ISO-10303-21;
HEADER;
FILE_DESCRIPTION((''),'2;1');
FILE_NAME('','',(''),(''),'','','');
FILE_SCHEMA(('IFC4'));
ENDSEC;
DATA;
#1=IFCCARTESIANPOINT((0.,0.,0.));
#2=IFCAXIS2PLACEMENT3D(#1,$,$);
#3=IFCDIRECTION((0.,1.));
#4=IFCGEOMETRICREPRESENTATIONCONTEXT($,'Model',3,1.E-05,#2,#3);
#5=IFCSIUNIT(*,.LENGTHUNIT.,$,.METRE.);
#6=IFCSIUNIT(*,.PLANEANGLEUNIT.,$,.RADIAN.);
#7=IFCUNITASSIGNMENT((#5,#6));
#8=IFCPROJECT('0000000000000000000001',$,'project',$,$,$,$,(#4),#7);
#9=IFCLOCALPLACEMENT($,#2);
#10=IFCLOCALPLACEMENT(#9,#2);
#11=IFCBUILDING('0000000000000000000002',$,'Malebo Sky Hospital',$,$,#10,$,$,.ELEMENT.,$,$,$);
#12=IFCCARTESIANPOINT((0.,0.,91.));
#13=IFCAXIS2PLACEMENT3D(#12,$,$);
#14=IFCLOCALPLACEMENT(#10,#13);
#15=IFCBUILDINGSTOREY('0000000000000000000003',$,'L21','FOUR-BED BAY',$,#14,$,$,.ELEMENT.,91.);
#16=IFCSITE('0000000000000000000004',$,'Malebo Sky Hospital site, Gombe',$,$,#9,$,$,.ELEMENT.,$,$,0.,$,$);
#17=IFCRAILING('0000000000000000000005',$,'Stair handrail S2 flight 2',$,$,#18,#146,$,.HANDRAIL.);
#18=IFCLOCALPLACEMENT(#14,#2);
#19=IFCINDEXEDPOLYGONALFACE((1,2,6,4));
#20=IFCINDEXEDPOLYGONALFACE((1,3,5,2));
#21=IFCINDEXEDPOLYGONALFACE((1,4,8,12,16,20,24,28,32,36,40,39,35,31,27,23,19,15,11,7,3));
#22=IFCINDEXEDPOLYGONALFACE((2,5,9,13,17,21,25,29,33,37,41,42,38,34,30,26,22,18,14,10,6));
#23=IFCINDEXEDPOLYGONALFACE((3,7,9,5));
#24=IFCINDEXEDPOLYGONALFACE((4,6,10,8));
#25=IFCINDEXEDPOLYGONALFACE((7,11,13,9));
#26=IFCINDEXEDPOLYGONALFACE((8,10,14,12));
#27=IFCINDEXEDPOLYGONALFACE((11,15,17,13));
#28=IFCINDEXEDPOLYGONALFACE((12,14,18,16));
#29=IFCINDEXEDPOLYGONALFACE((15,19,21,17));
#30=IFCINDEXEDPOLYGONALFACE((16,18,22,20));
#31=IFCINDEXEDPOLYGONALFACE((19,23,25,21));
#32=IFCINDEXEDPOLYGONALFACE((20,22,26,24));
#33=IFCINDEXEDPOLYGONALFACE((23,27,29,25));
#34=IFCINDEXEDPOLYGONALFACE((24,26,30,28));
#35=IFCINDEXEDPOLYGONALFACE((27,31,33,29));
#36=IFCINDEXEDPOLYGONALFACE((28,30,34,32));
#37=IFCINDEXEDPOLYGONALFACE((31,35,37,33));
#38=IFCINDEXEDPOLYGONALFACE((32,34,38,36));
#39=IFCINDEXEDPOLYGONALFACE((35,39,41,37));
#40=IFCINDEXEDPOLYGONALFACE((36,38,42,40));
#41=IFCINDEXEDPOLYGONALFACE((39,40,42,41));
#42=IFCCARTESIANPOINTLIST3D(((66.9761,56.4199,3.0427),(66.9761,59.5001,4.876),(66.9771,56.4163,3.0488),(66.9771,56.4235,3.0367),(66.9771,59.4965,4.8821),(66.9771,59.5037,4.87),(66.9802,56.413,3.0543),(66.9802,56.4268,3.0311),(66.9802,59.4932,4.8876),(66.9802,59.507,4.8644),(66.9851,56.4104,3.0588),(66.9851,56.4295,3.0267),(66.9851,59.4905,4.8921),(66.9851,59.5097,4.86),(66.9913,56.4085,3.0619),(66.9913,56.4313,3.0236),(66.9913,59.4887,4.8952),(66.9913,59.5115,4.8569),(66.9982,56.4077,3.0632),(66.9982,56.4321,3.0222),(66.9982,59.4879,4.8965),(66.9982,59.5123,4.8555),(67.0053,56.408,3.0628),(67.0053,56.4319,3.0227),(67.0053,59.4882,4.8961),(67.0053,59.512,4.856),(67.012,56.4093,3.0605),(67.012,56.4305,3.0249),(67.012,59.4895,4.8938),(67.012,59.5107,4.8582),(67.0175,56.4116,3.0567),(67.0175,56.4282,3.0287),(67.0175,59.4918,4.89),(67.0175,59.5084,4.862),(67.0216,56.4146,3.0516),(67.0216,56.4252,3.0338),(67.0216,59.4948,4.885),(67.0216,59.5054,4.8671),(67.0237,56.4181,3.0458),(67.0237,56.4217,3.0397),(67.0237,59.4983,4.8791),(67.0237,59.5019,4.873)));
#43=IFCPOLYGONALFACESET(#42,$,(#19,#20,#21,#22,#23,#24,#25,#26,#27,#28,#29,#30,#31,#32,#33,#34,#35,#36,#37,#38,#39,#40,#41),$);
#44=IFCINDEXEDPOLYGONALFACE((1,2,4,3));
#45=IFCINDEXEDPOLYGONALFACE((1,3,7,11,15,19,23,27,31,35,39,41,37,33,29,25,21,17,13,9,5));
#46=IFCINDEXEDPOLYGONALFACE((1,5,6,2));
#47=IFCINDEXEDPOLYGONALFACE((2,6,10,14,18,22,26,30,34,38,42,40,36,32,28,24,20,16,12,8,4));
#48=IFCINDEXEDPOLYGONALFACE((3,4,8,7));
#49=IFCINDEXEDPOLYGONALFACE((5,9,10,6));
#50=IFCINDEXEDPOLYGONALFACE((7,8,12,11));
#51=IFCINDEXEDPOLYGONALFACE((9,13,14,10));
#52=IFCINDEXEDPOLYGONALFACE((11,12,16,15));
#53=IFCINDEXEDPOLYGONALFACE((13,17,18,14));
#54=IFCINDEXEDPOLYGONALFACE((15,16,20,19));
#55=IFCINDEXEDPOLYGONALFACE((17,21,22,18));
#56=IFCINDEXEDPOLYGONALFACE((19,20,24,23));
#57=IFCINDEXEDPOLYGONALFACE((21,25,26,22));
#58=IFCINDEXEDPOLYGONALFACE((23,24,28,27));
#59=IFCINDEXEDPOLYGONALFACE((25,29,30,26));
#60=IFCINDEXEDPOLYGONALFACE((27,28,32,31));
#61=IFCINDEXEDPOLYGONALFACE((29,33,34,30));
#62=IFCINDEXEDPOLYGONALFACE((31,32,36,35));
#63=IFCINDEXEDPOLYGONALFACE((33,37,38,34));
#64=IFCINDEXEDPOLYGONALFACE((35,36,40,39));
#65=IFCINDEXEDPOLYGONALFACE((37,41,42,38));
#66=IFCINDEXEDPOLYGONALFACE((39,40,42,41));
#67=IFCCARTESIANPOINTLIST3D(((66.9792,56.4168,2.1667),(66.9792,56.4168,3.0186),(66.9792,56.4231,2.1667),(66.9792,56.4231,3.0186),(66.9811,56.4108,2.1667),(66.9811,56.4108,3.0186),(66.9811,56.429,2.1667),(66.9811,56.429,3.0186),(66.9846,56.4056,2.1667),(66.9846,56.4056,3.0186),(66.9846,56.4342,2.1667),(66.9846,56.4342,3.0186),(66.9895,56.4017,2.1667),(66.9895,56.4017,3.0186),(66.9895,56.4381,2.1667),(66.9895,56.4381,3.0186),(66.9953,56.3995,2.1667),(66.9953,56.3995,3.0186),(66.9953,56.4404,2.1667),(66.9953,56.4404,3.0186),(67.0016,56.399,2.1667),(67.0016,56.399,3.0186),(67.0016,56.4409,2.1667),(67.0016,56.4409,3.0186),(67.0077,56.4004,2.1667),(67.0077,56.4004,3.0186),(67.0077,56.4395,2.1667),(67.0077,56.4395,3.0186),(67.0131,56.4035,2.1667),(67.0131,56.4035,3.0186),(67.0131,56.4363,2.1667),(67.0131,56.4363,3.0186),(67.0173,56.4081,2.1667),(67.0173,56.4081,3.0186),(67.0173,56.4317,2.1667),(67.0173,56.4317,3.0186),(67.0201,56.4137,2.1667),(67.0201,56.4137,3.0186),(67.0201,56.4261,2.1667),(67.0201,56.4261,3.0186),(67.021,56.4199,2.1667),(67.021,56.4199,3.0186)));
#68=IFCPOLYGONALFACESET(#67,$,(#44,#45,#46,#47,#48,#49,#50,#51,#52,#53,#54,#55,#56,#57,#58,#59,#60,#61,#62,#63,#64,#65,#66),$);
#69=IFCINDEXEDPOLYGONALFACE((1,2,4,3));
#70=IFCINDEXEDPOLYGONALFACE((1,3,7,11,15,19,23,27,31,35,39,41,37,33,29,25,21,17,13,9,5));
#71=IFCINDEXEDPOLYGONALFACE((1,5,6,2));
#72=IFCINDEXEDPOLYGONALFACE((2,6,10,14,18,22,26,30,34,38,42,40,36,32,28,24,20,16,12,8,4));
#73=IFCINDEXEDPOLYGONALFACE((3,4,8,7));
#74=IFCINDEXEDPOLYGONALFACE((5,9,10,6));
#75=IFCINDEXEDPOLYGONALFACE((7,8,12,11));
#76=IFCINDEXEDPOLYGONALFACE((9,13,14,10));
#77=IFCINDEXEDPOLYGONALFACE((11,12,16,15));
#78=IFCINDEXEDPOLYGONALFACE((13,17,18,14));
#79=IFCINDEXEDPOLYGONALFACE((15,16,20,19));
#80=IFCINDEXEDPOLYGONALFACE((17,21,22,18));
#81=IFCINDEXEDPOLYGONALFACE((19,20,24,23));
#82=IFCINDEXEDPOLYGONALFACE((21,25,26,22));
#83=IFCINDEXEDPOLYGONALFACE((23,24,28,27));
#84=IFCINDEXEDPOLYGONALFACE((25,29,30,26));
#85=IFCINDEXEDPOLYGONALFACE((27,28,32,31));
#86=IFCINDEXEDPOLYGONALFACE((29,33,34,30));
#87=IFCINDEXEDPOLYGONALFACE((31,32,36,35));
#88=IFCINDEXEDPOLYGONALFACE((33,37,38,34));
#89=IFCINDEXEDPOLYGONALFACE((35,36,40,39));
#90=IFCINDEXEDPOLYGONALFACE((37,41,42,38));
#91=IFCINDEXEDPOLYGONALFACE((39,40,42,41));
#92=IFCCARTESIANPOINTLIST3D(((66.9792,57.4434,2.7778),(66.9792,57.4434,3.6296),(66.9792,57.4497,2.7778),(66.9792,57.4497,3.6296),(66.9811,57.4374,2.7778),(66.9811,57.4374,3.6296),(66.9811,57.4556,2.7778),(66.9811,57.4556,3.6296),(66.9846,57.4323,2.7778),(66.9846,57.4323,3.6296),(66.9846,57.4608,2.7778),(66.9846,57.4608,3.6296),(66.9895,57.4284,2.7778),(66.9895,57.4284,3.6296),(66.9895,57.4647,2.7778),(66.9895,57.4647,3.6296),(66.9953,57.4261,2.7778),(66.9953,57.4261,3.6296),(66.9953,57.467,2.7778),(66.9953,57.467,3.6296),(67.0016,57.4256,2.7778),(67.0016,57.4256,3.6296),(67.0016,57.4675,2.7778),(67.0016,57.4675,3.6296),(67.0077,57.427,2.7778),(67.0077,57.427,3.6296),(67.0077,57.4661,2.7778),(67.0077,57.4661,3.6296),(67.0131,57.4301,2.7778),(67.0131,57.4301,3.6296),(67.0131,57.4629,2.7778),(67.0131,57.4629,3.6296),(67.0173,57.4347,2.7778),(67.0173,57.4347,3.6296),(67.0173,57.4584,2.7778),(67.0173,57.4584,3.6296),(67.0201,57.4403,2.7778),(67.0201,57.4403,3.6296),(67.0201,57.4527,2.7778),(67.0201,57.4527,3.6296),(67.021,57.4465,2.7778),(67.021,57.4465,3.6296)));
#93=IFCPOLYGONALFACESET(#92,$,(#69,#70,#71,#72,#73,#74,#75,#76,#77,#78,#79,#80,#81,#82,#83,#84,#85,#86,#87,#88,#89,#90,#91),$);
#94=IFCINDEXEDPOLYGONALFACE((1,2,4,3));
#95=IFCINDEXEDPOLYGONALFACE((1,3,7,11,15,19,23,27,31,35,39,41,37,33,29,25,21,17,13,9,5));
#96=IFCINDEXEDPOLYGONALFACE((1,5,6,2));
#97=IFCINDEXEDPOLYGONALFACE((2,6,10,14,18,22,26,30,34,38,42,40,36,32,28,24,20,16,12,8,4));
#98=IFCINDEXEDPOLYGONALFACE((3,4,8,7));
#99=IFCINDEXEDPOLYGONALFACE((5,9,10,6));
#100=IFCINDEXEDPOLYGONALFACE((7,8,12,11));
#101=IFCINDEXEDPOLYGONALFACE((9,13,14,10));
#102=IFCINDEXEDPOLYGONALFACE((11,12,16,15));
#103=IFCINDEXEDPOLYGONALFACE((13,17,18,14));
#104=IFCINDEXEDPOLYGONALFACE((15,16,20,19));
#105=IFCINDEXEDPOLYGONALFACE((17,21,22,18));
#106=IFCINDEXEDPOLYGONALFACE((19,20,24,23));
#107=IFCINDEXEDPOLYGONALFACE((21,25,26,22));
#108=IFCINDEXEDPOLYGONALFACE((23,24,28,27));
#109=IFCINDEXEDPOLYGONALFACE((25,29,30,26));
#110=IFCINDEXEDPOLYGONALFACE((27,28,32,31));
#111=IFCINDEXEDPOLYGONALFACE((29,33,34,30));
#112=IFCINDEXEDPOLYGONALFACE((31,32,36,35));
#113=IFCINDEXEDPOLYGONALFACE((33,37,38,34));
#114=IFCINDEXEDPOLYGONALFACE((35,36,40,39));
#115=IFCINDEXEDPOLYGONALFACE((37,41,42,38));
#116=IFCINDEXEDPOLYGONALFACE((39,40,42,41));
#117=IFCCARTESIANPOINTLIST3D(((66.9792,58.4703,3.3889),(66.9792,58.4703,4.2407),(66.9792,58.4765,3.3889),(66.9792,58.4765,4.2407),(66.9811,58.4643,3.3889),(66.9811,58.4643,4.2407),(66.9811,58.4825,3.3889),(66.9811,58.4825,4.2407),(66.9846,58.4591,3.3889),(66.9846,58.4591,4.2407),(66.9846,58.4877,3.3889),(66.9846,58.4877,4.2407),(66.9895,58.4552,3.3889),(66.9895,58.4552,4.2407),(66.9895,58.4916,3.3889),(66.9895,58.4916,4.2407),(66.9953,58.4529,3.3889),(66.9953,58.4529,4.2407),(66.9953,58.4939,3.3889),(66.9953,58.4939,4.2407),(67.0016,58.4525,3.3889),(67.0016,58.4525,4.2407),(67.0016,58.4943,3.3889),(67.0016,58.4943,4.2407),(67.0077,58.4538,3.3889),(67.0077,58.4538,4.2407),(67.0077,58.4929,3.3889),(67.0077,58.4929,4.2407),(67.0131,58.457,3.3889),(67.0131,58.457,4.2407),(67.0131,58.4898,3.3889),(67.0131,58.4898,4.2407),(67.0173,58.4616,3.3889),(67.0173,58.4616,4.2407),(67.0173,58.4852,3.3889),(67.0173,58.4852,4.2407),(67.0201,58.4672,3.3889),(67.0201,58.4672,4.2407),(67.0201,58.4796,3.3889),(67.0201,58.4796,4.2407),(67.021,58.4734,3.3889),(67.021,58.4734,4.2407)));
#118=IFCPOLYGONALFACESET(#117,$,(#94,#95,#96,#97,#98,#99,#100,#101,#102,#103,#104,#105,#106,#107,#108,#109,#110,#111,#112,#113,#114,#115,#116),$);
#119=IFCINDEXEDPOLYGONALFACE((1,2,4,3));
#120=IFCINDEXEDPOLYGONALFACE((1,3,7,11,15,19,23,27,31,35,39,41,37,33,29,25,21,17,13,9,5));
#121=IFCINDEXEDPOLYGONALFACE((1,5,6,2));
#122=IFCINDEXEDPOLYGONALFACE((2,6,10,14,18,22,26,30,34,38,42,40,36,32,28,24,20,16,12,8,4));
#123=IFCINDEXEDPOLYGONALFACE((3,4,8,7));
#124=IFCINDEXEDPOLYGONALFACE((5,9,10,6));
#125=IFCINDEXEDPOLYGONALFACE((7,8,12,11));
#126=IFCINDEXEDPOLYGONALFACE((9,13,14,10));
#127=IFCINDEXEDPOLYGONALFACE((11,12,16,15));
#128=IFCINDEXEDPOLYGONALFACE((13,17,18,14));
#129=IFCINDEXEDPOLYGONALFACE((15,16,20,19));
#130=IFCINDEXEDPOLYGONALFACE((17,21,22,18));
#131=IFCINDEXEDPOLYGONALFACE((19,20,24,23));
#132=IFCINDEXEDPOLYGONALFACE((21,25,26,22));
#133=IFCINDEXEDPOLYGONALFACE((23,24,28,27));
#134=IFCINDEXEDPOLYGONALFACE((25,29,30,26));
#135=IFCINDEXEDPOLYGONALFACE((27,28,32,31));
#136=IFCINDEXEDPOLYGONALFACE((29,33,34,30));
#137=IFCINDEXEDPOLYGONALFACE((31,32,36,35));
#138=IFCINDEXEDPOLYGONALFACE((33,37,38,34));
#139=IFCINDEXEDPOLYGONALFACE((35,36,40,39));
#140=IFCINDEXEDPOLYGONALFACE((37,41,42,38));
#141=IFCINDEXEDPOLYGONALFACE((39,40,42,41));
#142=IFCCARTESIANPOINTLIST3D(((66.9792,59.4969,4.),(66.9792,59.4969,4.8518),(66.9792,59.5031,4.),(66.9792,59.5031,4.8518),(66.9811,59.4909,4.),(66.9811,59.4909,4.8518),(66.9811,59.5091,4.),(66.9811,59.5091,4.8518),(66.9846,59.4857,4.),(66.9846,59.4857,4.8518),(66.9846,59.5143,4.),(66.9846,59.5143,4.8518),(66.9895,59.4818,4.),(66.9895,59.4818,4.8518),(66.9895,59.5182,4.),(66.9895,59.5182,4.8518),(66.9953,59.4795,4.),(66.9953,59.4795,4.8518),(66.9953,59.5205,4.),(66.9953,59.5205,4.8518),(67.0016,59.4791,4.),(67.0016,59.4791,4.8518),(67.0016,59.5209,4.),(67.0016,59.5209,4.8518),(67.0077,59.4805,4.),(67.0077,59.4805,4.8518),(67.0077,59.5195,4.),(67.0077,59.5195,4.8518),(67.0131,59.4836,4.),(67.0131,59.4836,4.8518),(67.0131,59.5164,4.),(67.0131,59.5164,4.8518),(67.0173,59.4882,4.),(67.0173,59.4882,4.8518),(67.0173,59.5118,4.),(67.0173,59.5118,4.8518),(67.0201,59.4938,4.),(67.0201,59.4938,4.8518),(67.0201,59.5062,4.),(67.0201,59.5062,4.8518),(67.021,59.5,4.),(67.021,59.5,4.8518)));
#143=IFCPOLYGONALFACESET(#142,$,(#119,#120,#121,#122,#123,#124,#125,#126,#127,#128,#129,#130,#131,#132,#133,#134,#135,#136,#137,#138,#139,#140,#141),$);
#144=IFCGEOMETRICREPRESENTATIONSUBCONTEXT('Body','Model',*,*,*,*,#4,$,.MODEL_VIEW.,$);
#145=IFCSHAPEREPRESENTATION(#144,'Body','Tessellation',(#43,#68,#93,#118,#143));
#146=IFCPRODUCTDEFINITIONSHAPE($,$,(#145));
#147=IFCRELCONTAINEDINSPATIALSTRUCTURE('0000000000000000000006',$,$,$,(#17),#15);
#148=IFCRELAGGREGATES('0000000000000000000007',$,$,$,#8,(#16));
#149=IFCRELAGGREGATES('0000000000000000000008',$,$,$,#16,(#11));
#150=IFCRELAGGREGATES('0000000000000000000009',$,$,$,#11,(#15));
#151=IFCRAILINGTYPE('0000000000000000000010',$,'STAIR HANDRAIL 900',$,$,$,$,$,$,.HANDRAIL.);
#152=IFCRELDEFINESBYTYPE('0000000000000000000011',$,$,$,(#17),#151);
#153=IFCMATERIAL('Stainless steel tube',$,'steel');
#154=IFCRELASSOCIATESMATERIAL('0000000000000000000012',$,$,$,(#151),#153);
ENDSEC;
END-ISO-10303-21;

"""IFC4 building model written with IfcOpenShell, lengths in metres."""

from ifc_helpers import new_model, si_unit, direction, frame, origin, origin_2d, place, context, subcontext, project, spatial, circle, extrude, material, type_object, element, save


model = new_model("IFC4")

# Units and contexts
model_context = context("Model", 3, precision=1e-05, world=origin(), true_north=direction((0.0, 1.0)))
body_context = subcontext(model_context, "Body", "Model", "MODEL_VIEW")
ifc_project = project(units=[si_unit("LENGTHUNIT", "METRE"), si_unit("PLANEANGLEUNIT", "RADIAN")], contexts=[model_context])

# Site, building, storey
site_placement = place(None, origin())
site = spatial("IfcSite", under=ifc_project, at=site_placement, Name="Malebo Sky Hospital site, Gombe", CompositionType="ELEMENT", RefElevation=0.0)
building_placement = place(site_placement, origin())
building = spatial("IfcBuilding", under=site, at=building_placement, Name="Malebo Sky Hospital", CompositionType="ELEMENT")
storey_placement = place(building_placement, frame((0.0, 0.0, 91.0)))
storey = spatial("IfcBuildingStorey", under=building, at=storey_placement, Name="L21", Description="FOUR-BED BAY", CompositionType="ELEMENT", Elevation=91.0)

# Railing
ifc_material_1 = material(Name="Stainless steel tube", Category="steel")
railing_type = type_object("IfcRailingType", Name="STAIR HANDRAIL 900", PredefinedType="HANDRAIL", material=ifc_material_1)
railing_1_placement = place(storey_placement, frame((67.0, 56.4199, 2.1667)))
element("IfcRailing", 1, at=railing_1_placement, inside=storey, type_object=railing_type, Name="Stair handrail S2 flight 2", PredefinedType="HANDRAIL", context=body_context, shape_type="SweptSolid", body=[
    extrude(circle(Radius=0.0239, at=origin_2d()), frame((0.0, 0.0, 0.876), z_axis=(0.0, 0.859309, 0.511458), x_axis=(-1.0, 0.0, 0.0)), (0.0, 0.0, 1.0), 3.5845),
    extrude(circle(Radius=0.021, at=origin_2d()), origin(), (0.0, 0.0, 1.0), 0.8518),
    extrude(circle(Radius=0.021, at=origin_2d()), frame((0.0, 1.0266, 0.6111)), (0.0, 0.0, 1.0), 0.8518),
    extrude(circle(Radius=0.021, at=origin_2d()), frame((0.0, 2.0535, 1.2222)), (0.0, 0.0, 1.0), 0.8518),
    extrude(circle(Radius=0.021, at=origin_2d()), frame((0.0, 3.0801, 1.8333)), (0.0, 0.0, 1.0), 0.8518),
])

save(model, "model.ifc")
